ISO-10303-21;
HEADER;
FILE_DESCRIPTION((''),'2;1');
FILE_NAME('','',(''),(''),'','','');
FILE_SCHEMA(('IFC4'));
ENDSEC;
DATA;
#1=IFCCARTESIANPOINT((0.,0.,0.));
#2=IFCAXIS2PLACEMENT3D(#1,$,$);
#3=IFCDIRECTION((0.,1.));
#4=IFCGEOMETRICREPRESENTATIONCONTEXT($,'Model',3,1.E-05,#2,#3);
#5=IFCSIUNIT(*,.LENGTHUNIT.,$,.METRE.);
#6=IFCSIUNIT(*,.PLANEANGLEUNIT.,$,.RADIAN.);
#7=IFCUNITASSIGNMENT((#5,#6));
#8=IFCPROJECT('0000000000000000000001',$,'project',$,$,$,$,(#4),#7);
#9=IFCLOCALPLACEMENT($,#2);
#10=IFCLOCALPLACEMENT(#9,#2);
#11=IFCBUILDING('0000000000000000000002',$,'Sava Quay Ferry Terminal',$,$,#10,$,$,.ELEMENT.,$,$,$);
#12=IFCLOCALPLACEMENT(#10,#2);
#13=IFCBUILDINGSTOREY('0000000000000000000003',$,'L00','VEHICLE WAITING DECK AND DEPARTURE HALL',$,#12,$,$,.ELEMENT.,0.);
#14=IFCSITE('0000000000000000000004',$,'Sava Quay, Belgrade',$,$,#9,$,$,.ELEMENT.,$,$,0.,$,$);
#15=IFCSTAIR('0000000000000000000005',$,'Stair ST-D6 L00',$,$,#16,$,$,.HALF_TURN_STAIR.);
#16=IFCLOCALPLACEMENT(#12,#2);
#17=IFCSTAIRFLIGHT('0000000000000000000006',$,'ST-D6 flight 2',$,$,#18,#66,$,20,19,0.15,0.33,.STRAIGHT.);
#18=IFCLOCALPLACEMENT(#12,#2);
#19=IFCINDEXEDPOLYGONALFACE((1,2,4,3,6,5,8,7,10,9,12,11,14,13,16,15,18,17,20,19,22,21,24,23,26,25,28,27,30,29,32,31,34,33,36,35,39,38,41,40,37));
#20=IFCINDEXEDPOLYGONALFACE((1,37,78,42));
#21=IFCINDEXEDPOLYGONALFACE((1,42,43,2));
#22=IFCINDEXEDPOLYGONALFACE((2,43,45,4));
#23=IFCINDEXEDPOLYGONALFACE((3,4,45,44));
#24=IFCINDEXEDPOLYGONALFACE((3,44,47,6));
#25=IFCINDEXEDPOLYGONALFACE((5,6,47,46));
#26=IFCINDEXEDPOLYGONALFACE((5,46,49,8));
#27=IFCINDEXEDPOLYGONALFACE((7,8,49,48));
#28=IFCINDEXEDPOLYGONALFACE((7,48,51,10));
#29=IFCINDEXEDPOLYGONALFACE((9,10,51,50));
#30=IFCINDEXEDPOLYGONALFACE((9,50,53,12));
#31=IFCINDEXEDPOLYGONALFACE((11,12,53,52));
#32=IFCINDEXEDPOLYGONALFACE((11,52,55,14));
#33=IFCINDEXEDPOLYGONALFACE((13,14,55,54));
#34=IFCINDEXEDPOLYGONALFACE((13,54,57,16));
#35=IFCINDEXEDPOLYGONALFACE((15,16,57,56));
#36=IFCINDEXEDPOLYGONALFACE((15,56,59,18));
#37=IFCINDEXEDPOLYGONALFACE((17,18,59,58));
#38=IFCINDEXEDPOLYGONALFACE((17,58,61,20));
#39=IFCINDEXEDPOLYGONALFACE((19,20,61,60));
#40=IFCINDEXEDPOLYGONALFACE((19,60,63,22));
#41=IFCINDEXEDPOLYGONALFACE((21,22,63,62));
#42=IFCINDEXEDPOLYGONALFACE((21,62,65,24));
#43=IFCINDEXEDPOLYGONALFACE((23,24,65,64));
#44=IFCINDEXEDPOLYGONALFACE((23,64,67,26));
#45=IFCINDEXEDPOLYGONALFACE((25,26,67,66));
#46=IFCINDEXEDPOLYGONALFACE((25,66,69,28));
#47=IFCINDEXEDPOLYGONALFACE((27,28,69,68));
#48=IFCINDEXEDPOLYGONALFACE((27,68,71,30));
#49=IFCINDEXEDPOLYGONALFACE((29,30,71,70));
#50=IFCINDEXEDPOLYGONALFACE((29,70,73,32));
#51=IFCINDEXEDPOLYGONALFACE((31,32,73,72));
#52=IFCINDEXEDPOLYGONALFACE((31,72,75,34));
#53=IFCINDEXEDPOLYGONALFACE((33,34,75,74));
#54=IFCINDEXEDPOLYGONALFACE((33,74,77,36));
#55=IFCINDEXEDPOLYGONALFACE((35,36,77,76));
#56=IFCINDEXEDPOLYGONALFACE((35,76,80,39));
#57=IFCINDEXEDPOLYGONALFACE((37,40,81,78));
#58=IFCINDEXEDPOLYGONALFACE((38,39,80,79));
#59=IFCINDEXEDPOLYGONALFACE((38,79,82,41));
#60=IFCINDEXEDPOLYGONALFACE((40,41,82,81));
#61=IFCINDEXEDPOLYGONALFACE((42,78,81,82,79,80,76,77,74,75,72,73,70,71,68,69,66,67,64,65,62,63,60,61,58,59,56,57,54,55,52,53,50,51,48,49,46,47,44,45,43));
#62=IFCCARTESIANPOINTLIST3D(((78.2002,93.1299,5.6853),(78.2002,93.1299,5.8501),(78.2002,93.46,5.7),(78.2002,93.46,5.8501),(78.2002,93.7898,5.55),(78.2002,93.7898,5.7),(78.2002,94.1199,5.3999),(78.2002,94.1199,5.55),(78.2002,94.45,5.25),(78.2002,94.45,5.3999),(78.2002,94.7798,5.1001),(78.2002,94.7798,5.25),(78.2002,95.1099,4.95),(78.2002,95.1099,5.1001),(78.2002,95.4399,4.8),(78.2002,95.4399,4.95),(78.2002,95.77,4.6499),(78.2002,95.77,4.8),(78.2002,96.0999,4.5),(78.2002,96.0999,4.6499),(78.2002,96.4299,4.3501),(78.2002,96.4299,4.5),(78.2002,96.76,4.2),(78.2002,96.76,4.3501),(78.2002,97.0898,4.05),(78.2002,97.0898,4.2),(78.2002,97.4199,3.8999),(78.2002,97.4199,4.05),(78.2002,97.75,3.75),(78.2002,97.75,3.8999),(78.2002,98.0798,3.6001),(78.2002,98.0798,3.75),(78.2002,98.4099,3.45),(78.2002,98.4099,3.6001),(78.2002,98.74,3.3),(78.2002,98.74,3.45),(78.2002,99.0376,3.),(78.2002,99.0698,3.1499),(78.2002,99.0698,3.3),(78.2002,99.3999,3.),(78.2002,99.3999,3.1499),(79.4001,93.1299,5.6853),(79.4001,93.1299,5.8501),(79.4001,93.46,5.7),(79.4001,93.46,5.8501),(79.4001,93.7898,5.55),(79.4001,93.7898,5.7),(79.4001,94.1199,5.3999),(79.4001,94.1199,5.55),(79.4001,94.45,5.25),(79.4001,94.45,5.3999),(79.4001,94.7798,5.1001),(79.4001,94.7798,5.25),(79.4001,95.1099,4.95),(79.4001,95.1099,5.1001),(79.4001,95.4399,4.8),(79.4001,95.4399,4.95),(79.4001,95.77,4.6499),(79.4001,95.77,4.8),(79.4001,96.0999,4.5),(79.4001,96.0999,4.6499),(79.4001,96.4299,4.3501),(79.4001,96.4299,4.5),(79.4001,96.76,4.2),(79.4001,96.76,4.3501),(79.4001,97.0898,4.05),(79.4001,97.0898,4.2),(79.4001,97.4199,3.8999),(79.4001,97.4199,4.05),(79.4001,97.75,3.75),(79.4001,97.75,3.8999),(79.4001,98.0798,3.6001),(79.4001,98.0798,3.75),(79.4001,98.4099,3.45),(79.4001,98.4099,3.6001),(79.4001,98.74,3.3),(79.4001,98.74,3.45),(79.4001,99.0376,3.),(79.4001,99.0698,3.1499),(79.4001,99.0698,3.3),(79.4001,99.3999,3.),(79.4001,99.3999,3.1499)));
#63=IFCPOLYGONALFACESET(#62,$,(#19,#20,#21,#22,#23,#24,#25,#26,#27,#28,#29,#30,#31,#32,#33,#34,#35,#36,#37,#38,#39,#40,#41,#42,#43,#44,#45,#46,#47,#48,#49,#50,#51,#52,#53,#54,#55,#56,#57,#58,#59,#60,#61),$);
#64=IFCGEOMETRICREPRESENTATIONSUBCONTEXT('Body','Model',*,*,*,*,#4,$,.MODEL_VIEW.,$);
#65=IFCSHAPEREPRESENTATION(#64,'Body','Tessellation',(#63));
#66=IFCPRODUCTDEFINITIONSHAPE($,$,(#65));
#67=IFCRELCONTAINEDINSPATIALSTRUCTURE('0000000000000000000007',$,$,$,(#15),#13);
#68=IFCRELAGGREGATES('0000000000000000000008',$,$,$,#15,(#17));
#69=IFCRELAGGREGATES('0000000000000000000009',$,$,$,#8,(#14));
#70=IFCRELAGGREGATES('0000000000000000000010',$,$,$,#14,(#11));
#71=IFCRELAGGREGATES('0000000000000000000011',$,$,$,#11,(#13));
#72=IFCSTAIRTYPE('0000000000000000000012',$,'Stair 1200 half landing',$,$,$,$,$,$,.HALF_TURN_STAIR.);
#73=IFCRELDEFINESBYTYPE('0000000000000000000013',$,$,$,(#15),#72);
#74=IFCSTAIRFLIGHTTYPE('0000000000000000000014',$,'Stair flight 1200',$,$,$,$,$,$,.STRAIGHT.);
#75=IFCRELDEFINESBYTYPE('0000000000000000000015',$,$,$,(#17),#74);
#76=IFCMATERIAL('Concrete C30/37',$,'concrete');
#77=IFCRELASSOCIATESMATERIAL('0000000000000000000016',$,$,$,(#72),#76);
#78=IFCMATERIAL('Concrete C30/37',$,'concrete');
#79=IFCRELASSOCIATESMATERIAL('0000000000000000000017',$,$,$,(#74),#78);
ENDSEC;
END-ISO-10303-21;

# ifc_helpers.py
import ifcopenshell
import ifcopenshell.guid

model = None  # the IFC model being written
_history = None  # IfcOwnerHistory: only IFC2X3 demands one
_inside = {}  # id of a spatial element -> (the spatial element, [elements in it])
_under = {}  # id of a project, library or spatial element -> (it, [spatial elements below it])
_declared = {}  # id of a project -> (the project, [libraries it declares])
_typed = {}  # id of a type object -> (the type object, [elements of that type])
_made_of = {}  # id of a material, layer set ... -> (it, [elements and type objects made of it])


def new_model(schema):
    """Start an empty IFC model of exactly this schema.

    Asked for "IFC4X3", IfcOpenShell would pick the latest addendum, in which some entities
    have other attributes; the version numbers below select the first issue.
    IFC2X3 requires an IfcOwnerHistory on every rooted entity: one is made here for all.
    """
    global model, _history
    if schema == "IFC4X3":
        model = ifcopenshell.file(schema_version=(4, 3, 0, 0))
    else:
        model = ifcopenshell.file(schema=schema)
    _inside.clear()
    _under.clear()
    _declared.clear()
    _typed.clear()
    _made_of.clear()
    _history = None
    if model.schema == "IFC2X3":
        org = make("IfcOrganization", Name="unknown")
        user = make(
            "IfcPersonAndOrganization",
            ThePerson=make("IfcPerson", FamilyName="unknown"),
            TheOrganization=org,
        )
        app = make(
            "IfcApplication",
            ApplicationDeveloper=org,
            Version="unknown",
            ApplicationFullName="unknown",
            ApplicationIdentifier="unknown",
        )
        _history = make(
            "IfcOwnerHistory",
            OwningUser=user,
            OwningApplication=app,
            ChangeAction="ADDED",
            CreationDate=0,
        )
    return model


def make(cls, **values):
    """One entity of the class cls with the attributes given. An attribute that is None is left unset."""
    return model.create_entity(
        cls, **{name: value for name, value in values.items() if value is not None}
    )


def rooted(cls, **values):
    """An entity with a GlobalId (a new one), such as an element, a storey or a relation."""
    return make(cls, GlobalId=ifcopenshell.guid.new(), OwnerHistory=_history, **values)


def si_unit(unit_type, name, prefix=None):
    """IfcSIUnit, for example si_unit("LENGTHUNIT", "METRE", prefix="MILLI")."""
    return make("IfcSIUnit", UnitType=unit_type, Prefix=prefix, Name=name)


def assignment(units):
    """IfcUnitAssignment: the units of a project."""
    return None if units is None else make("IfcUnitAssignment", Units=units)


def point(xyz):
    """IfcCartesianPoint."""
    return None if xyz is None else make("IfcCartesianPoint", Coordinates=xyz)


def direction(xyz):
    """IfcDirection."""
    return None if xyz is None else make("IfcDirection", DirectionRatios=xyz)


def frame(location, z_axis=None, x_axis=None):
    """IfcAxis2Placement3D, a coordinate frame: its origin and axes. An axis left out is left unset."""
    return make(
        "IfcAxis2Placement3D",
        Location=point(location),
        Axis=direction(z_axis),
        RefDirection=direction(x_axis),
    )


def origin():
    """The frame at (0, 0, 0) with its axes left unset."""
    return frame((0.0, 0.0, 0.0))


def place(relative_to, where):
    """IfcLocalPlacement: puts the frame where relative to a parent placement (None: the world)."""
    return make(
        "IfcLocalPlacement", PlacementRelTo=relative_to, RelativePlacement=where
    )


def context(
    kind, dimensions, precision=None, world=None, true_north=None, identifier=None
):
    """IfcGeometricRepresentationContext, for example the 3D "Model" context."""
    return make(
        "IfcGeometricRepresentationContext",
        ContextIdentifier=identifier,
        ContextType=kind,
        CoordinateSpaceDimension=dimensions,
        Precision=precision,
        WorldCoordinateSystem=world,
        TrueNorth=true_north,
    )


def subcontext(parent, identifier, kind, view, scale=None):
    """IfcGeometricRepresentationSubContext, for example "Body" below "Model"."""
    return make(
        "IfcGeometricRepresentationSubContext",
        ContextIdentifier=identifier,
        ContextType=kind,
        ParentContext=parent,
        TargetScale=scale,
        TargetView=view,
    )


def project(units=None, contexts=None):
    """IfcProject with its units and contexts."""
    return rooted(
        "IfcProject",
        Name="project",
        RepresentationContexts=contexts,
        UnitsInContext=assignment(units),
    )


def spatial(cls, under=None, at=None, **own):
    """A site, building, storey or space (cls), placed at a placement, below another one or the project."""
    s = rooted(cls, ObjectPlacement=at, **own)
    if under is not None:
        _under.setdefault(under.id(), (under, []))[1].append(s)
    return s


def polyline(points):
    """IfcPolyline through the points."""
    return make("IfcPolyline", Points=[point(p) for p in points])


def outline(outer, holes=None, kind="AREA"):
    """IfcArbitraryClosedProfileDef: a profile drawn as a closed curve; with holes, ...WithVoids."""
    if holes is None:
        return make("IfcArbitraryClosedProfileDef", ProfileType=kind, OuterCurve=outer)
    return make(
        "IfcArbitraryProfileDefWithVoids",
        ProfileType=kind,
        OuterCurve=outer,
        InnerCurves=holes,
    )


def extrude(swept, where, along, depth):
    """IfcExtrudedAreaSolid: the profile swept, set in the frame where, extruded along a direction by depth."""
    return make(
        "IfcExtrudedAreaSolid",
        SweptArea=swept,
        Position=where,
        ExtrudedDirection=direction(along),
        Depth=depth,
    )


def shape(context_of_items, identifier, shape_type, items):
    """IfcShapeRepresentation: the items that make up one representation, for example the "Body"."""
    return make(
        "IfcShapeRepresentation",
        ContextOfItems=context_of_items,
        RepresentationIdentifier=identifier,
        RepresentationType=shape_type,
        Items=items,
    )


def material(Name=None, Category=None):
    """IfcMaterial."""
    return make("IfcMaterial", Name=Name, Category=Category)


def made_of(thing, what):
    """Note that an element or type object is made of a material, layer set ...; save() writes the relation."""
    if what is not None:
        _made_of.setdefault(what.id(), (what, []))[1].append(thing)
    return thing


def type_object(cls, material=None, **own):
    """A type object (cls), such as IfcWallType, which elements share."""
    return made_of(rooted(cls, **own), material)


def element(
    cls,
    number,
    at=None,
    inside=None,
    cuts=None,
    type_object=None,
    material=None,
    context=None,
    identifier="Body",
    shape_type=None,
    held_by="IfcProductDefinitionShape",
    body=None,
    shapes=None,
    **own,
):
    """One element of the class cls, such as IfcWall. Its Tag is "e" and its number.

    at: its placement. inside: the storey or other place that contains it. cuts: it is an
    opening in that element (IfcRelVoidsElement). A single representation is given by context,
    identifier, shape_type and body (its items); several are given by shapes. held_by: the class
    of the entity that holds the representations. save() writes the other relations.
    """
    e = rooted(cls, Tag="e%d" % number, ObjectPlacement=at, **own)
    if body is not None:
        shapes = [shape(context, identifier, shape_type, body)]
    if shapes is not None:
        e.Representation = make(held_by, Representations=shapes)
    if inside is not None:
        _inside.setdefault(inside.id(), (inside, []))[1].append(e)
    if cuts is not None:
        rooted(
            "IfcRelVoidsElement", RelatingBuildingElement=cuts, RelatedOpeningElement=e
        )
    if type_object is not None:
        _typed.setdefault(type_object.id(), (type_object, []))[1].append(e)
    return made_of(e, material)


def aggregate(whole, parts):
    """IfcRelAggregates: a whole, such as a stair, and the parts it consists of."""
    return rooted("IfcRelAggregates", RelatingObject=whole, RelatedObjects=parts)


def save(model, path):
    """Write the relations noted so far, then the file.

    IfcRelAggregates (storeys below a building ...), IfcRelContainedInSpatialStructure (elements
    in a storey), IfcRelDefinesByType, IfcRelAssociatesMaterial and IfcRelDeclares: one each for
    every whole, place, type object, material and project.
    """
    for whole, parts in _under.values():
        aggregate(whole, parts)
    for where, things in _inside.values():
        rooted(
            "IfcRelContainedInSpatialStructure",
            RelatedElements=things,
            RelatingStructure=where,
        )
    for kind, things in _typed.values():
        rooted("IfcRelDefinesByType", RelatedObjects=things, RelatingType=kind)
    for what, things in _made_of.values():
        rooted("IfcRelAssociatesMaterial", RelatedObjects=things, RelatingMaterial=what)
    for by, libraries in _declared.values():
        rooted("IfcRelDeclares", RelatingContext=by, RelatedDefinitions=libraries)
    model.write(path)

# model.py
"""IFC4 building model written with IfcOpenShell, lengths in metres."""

from ifc_helpers import new_model, si_unit, direction, frame, origin, place, context, subcontext, project, spatial, polyline, outline, extrude, material, type_object, element, aggregate, save


model = new_model("IFC4")

# Units and contexts
model_context = context("Model", 3, precision=1e-05, world=origin(), true_north=direction((0.0, 1.0)))
body_context = subcontext(model_context, "Body", "Model", "MODEL_VIEW")
ifc_project = project(units=[si_unit("LENGTHUNIT", "METRE"), si_unit("PLANEANGLEUNIT", "RADIAN")], contexts=[model_context])

# Site, building, storey
site_placement = place(None, origin())
site = spatial("IfcSite", under=ifc_project, at=site_placement, Name="Sava Quay, Belgrade", CompositionType="ELEMENT", RefElevation=0.0)
building_placement = place(site_placement, origin())
building = spatial("IfcBuilding", under=site, at=building_placement, Name="Sava Quay Ferry Terminal", CompositionType="ELEMENT")
storey_placement = place(building_placement, origin())
storey = spatial("IfcBuildingStorey", under=building, at=storey_placement, Name="L00", Description="VEHICLE WAITING DECK AND DEPARTURE HALL", CompositionType="ELEMENT", Elevation=0.0)

# Stair, stair flight
ifc_material_1 = material(Name="Concrete C30/37", Category="concrete")
stair_type = type_object("IfcStairType", Name="Stair 1200 half landing", PredefinedType="HALF_TURN_STAIR", material=ifc_material_1)
stair_placement = place(storey_placement, origin())
stair = element("IfcStair", 1, at=stair_placement, inside=storey, type_object=stair_type, Name="Stair ST-D6 L00", PredefinedType="HALF_TURN_STAIR")
ifc_material_2 = material(Name="Concrete C30/37", Category="concrete")
stair_flight_type = type_object("IfcStairFlightType", Name="Stair flight 1200", PredefinedType="STRAIGHT", material=ifc_material_2)
stair_flight_1_placement = place(storey_placement, frame((78.8, 99.3999, 3.0), z_axis=(0.0, 0.0, 1.0), x_axis=(0.0, -1.0, 0.0)))
stair_flight_1 = element("IfcStairFlight", 2, at=stair_flight_1_placement, type_object=stair_flight_type, Name="ST-D6 flight 2", NumberOfRisers=20, NumberOfTreads=19, PredefinedType="STRAIGHT", RiserHeight=0.15, TreadLength=0.33, context=body_context, shape_type="SweptSolid", body=[
    extrude(outline(polyline([(0.0, 0.0), (0.0, 0.1499), (0.3301, 0.1499), (0.3301, 0.3), (0.6599, 0.3), (0.6599, 0.45), (0.99, 0.45), (0.99, 0.6001), (1.3201, 0.6001), (1.3201, 0.75), (1.6499, 0.75), (1.6499, 0.8999), (1.98, 0.8999), (1.98, 1.05), (2.3101, 1.05), (2.3101, 1.2), (2.6399, 1.2), (2.6399, 1.3501), (2.97, 1.3501), (2.97, 1.5), (3.3, 1.5), (3.3, 1.6499), (3.6299, 1.6499), (3.6299, 1.8), (3.96, 1.8), (3.96, 1.95), (4.29, 1.95), (4.29, 2.1001), (4.6201, 2.1001), (4.6201, 2.25), (4.95, 2.25), (4.95, 2.3999), (5.28, 2.3999), (5.28, 2.55), (5.6101, 2.55), (5.6101, 2.7), (5.9399, 2.7), (5.9399, 2.8501), (6.27, 2.8501), (6.27, 3.0), (6.27, 2.6853), (0.3623, 0.0), (0.0, 0.0)])), frame((0.0, 0.6001, 0.0), z_axis=(0.0, -1.0, 0.0), x_axis=(1.0, 0.0, 0.0)), (0.0, 0.0, 1.0), 1.2),
])
aggregate(stair, [stair_flight_1])

save(model, "model.ifc")
